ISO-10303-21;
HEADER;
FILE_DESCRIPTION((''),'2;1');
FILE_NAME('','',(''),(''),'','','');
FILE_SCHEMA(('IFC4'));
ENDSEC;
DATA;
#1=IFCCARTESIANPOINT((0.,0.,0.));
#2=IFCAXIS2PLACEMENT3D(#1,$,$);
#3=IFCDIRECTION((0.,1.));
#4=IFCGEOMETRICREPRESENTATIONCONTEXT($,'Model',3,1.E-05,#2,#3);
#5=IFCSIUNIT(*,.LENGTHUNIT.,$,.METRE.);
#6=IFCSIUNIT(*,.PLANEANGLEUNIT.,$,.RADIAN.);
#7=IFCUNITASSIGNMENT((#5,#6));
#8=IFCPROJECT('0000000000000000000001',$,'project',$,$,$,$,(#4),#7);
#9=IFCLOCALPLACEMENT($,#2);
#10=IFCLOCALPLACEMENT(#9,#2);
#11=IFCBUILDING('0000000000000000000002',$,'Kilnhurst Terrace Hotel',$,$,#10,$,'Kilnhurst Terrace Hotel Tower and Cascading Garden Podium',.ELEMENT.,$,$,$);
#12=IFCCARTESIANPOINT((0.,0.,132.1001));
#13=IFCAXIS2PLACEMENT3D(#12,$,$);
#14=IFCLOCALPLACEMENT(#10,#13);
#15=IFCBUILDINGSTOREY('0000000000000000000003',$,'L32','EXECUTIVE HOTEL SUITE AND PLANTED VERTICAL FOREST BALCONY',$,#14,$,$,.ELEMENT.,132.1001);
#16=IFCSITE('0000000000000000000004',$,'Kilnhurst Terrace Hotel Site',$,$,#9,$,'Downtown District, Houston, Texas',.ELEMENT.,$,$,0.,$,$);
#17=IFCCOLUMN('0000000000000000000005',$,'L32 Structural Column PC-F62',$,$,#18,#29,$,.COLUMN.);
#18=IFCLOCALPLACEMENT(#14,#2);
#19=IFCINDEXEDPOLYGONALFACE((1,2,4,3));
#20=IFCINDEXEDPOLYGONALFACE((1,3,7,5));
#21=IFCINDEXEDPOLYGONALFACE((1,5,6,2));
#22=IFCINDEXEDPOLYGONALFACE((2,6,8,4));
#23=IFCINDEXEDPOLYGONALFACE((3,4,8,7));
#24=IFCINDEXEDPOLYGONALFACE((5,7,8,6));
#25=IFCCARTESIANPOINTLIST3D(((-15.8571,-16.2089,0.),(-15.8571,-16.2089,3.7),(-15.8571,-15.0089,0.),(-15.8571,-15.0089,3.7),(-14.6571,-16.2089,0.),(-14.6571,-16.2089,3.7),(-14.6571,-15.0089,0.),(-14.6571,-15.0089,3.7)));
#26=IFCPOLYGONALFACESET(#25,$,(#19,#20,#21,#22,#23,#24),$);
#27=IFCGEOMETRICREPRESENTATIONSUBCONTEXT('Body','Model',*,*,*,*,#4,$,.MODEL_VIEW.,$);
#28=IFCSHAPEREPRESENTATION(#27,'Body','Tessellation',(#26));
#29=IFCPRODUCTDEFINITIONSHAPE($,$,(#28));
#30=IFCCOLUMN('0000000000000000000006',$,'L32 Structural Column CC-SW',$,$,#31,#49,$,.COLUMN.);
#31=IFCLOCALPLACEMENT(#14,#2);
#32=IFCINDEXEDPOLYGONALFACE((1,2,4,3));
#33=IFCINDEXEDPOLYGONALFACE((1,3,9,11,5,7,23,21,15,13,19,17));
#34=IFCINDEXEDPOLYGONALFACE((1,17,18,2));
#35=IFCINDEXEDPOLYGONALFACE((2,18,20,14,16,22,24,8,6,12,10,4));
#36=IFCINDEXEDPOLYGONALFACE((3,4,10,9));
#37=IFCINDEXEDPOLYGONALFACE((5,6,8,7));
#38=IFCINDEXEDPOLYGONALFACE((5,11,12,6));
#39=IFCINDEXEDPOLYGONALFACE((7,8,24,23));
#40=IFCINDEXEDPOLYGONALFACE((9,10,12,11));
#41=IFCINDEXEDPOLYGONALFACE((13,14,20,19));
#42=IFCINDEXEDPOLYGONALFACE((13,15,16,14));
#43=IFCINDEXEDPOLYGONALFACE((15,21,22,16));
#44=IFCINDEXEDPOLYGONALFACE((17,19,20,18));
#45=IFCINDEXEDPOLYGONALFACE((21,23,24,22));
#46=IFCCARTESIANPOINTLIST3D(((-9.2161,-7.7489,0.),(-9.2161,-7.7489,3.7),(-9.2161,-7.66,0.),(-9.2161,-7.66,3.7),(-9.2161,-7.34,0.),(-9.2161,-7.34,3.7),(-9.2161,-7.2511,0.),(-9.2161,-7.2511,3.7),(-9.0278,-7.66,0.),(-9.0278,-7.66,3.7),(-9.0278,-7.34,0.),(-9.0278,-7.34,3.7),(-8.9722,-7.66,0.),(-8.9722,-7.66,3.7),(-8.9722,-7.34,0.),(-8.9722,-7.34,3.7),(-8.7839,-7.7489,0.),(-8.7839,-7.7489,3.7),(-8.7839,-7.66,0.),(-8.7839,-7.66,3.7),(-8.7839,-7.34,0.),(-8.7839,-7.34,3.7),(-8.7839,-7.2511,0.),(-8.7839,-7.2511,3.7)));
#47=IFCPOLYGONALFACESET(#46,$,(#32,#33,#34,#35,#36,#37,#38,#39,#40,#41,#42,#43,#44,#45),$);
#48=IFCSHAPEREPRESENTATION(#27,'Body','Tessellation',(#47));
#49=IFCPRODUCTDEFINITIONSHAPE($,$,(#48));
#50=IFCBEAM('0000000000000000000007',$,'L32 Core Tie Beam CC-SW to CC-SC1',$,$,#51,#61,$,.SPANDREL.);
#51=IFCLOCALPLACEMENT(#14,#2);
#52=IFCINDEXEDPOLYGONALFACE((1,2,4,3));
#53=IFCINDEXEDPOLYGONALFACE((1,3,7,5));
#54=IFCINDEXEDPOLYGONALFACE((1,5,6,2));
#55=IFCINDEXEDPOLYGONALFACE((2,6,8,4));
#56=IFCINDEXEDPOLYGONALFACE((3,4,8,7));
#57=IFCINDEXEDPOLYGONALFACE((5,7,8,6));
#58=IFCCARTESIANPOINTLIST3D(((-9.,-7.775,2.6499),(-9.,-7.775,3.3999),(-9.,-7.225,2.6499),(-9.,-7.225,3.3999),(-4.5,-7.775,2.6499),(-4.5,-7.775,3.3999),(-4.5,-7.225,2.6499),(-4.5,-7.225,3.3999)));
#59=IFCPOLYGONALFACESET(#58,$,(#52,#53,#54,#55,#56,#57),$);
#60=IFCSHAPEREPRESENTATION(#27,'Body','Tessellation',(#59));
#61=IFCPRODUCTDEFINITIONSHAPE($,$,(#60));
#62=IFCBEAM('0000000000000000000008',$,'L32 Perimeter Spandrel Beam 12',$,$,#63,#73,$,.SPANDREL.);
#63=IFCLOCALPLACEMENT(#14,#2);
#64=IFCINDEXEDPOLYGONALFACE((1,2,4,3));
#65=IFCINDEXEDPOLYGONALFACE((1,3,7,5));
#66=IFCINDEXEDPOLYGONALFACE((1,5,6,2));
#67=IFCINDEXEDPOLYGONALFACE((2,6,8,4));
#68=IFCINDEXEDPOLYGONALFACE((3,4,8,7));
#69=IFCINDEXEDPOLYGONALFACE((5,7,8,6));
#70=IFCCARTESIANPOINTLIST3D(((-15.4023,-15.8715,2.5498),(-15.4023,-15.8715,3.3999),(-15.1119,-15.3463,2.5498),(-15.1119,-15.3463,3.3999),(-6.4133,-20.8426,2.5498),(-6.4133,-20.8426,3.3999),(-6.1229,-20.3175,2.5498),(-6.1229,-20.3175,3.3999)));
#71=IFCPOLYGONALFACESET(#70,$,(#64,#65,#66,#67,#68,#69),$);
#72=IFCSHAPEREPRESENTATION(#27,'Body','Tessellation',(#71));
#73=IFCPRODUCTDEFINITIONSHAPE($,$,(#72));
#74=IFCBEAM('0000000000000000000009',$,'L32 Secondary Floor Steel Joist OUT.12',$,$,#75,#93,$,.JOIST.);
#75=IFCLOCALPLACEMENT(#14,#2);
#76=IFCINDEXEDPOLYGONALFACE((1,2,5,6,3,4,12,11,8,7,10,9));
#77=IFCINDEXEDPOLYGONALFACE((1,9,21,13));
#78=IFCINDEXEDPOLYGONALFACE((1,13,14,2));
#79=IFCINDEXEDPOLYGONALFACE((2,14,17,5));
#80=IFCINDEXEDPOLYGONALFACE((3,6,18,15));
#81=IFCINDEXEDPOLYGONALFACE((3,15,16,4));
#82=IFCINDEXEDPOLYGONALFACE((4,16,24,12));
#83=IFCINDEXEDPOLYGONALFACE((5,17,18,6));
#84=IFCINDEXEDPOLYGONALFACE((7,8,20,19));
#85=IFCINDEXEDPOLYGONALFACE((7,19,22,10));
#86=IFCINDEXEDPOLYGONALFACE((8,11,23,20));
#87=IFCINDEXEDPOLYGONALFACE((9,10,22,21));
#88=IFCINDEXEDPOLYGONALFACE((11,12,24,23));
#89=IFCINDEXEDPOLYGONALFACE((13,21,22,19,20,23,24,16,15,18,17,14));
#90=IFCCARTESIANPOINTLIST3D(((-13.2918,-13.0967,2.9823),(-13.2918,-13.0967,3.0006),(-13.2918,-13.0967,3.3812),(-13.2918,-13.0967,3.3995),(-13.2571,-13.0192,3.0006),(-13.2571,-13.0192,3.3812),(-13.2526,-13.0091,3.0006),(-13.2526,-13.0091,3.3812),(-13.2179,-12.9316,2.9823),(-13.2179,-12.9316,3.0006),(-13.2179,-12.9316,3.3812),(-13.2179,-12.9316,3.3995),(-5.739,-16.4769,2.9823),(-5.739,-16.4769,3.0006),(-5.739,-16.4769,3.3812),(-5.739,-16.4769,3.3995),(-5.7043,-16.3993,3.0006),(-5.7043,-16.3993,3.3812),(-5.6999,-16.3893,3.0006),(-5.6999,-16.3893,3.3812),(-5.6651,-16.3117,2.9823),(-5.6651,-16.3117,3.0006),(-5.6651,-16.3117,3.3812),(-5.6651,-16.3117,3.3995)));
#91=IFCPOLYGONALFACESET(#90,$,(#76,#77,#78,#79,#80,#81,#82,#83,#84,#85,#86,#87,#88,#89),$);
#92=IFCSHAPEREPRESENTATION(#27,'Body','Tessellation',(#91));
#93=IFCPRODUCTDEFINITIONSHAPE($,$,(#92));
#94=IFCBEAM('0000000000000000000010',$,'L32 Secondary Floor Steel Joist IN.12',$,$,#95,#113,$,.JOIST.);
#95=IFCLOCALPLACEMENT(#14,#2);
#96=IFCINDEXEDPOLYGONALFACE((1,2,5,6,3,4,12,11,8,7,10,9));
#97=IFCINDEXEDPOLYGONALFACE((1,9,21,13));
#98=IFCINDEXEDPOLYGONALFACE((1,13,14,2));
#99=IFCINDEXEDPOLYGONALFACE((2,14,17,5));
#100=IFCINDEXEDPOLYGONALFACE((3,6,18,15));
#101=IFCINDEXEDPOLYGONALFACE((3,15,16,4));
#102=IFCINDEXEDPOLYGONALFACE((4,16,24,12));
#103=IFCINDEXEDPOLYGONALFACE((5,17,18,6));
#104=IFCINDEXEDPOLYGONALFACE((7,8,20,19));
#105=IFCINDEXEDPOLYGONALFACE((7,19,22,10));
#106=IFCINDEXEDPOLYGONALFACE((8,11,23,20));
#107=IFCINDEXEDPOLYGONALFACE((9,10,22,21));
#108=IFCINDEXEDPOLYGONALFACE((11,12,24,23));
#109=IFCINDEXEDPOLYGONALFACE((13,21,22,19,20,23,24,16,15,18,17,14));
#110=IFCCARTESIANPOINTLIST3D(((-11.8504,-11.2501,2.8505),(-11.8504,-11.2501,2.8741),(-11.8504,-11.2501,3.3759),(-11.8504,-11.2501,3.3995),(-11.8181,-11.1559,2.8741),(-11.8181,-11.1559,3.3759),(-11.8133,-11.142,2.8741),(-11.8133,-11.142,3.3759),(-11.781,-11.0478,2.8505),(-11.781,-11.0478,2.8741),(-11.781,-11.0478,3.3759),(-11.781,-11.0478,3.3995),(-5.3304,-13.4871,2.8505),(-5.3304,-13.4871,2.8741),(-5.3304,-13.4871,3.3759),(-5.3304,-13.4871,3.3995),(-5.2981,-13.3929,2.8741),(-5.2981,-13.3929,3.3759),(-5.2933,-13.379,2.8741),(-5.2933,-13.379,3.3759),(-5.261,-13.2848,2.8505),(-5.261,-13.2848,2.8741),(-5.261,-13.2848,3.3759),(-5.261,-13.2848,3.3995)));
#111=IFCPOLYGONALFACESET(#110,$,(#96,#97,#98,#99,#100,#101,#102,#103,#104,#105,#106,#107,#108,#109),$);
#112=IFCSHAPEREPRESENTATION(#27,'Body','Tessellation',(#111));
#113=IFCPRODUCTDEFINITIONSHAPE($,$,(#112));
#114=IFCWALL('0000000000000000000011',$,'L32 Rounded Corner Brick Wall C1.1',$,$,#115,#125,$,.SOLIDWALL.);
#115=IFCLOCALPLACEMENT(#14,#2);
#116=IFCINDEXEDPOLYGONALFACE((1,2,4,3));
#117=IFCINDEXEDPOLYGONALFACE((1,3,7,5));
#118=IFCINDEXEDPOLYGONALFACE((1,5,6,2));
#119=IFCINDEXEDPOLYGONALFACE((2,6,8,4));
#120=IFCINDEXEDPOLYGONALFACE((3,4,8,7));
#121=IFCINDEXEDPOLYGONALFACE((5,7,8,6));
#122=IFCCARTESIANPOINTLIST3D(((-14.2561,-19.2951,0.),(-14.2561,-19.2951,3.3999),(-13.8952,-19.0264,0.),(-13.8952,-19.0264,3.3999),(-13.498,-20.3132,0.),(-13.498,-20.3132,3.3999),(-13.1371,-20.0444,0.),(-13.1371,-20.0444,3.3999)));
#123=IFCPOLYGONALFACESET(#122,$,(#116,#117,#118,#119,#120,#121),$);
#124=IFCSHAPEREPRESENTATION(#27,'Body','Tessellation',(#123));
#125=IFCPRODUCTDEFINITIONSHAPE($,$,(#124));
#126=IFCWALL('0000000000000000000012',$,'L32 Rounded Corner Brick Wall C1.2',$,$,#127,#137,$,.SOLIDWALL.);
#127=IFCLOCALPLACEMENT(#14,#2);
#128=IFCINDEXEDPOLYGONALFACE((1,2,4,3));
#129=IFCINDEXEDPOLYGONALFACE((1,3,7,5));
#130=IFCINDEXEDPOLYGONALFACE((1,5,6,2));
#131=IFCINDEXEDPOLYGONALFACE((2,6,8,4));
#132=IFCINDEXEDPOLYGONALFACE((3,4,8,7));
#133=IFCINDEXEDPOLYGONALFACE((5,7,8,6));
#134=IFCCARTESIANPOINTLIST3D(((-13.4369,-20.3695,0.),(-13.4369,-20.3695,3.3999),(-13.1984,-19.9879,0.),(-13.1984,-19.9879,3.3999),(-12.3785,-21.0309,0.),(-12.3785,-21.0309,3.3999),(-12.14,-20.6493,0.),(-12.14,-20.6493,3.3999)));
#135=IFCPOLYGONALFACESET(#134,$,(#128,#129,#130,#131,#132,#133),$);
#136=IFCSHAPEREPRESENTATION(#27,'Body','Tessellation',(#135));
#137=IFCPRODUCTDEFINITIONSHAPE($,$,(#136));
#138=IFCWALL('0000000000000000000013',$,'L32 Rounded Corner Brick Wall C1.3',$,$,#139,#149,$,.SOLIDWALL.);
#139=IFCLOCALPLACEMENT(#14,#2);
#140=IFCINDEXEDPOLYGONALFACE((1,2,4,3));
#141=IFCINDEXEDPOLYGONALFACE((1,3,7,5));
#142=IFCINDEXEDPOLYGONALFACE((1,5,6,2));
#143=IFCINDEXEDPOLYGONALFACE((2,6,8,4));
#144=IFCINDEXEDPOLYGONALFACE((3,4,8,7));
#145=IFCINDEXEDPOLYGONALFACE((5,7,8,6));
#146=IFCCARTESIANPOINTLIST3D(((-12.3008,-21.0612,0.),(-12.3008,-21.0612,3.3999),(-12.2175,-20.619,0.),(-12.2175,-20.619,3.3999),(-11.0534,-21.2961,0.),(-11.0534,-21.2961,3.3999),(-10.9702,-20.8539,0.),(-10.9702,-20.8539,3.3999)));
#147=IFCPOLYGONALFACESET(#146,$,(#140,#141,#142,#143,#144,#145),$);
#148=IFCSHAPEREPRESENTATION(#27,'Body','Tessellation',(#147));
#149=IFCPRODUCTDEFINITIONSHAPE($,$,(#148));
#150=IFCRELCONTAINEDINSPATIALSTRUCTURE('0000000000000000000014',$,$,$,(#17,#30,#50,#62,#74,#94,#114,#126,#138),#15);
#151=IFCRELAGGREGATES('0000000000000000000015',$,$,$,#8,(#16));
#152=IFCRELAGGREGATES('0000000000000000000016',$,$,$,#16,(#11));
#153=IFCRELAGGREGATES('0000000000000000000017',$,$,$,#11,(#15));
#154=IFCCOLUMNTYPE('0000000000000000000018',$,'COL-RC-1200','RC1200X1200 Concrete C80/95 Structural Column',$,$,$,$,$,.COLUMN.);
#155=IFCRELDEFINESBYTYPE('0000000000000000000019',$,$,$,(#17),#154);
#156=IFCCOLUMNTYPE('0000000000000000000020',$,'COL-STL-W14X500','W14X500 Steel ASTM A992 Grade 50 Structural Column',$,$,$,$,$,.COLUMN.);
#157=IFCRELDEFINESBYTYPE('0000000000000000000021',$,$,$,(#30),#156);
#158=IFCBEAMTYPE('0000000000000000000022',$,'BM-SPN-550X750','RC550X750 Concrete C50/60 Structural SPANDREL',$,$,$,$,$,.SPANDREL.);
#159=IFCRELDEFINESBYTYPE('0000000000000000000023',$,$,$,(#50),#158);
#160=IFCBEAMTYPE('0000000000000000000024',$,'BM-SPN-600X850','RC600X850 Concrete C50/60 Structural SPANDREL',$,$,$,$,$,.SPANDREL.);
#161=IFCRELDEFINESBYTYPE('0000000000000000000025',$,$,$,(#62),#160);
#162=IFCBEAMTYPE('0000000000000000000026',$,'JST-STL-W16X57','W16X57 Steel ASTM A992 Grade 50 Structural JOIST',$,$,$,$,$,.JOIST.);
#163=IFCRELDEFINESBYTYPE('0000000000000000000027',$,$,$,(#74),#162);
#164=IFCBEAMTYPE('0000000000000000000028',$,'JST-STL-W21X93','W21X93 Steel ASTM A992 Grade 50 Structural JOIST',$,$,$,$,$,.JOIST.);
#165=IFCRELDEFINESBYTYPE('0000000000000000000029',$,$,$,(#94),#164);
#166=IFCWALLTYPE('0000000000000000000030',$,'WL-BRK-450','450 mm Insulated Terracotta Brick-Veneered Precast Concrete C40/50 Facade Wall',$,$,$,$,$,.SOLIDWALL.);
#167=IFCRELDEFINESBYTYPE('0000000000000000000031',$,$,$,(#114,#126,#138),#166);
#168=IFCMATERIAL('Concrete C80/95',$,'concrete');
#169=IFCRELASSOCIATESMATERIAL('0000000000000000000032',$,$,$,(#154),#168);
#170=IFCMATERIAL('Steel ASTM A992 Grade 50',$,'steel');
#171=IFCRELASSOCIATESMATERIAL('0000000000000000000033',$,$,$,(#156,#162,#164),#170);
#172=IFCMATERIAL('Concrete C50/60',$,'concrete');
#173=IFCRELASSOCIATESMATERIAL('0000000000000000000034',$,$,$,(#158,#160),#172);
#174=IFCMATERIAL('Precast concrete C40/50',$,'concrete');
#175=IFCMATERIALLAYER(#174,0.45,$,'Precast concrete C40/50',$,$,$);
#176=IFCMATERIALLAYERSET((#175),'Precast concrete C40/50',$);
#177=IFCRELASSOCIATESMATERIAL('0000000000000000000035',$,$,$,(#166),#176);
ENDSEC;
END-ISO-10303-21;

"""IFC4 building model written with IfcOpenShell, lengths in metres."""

from ifc_helpers import new_model, si_unit, direction, frame, frame_2d, origin, origin_2d, place, context, subcontext, project, spatial, rectangle, i_section, extrude, material, layer, layer_set, material_profile, profile_set, type_object, element, save


model = new_model("IFC4")

# Units and contexts
model_context = context("Model", 3, precision=1e-05, world=origin(), true_north=direction((0.0, 1.0)))
body_context = subcontext(model_context, "Body", "Model", "MODEL_VIEW")
ifc_project = project(units=[si_unit("LENGTHUNIT", "METRE"), si_unit("PLANEANGLEUNIT", "RADIAN")], contexts=[model_context])

# Site, building, storey
site_placement = place(None, origin())
site = spatial("IfcSite", under=ifc_project, at=site_placement, Name="Kilnhurst Terrace Hotel Site", LongName="Downtown District, Houston, Texas", CompositionType="ELEMENT", RefElevation=0.0)
building_placement = place(site_placement, origin())
building = spatial("IfcBuilding", under=site, at=building_placement, Name="Kilnhurst Terrace Hotel", LongName="Kilnhurst Terrace Hotel Tower and Cascading Garden Podium", CompositionType="ELEMENT")
storey_placement = place(building_placement, frame((0.0, 0.0, 132.1001)))
storey = spatial("IfcBuildingStorey", under=building, at=storey_placement, Name="L32", Description="EXECUTIVE HOTEL SUITE AND PLANTED VERTICAL FOREST BALCONY", CompositionType="ELEMENT", Elevation=132.1001)

# Columns
ifc_material_1 = material(Name="Concrete C80/95", Category="concrete")
ifc_material_profile_1 = material_profile(ifc_material_1, rectangle(XDim=1.2, YDim=1.2, at=origin_2d()), Name="RC1200X1200")
ifc_profile_set_1 = profile_set([ifc_material_profile_1], Name="Concrete C80/95")
column_type_1 = type_object("IfcColumnType", Name="COL-RC-1200", Description="RC1200X1200 Concrete C80/95 Structural Column", PredefinedType="COLUMN", material=ifc_profile_set_1)
column_1_placement = place(storey_placement, frame((-15.2571, -15.6089, 0.0), z_axis=(0.0, 0.0, 1.0), x_axis=(1.0, 0.0, 0.0)))
element("IfcColumn", 1, at=column_1_placement, inside=storey, type_object=column_type_1, Name="L32 Structural Column PC-F62", PredefinedType="COLUMN", context=body_context, shape_type="SweptSolid", body=[
    extrude(rectangle(XDim=1.2, YDim=1.2, at=origin_2d()), origin(), (0.0, 0.0, 1.0), 3.7),
])
ifc_material_2 = material(Name="Steel ASTM A992 Grade 50", Category="steel")
ifc_material_profile_2 = material_profile(ifc_material_2, i_section(OverallWidth=0.4321, OverallDepth=0.4978, WebThickness=0.0557, FlangeThickness=0.0889, at=origin_2d()), Name="W14X500")
ifc_profile_set_2 = profile_set([ifc_material_profile_2], Name="Steel ASTM A992 Grade 50")
column_type_2 = type_object("IfcColumnType", Name="COL-STL-W14X500", Description="W14X500 Steel ASTM A992 Grade 50 Structural Column", PredefinedType="COLUMN", material=ifc_profile_set_2)
column_2_placement = place(storey_placement, frame((-9.0, -7.5, 0.0), z_axis=(0.0, 0.0, 1.0), x_axis=(1.0, 0.0, 0.0)))
element("IfcColumn", 2, at=column_2_placement, inside=storey, type_object=column_type_2, Name="L32 Structural Column CC-SW", PredefinedType="COLUMN", context=body_context, shape_type="SweptSolid", body=[
    extrude(i_section(OverallWidth=0.4321, OverallDepth=0.4978, WebThickness=0.0557, FlangeThickness=0.0889, at=origin_2d()), origin(), (0.0, 0.0, 1.0), 3.7),
])

# Beams
ifc_material_3 = material(Name="Concrete C50/60", Category="concrete")
ifc_material_profile_3 = material_profile(ifc_material_3, rectangle(XDim=0.55, YDim=0.75, at=origin_2d()), Name="RC550X750")
ifc_profile_set_3 = profile_set([ifc_material_profile_3], Name="Concrete C50/60")
beam_type_1 = type_object("IfcBeamType", Name="BM-SPN-550X750", Description="RC550X750 Concrete C50/60 Structural SPANDREL", PredefinedType="SPANDREL", material=ifc_profile_set_3)
beam_1_placement = place(storey_placement, frame((-9.0, -7.5, 3.0249), z_axis=(1.0, 0.0, 0.0), x_axis=(0.0, 1.0, 0.0)))
element("IfcBeam", 3, at=beam_1_placement, inside=storey, type_object=beam_type_1, Name="L32 Core Tie Beam CC-SW to CC-SC1", PredefinedType="SPANDREL", context=body_context, shape_type="SweptSolid", body=[
    extrude(rectangle(XDim=0.55, YDim=0.75, at=origin_2d()), origin(), (0.0, 0.0, 1.0), 4.5),
])
ifc_material_profile_4 = material_profile(ifc_material_3, rectangle(XDim=0.6001, YDim=0.8501, at=origin_2d()), Name="RC600X850")
ifc_profile_set_4 = profile_set([ifc_material_profile_4], Name="Concrete C50/60")
beam_type_2 = type_object("IfcBeamType", Name="BM-SPN-600X850", Description="RC600X850 Concrete C50/60 Structural SPANDREL", PredefinedType="SPANDREL", material=ifc_profile_set_4)
beam_2_placement = place(storey_placement, frame((-15.2571, -15.6089, 2.9749), z_axis=(0.875094, -0.483953, 0.0), x_axis=(0.483953, 0.875094, 0.0)))
element("IfcBeam", 4, at=beam_2_placement, inside=storey, type_object=beam_type_2, Name="L32 Perimeter Spandrel Beam 12", PredefinedType="SPANDREL", context=body_context, shape_type="SweptSolid", body=[
    extrude(rectangle(XDim=0.6001, YDim=0.8501, at=origin_2d()), origin(), (0.0, 0.0, 1.0), 10.272),
])
ifc_material_profile_5 = material_profile(ifc_material_2, i_section(OverallWidth=0.1809, OverallDepth=0.4172, WebThickness=0.011, FlangeThickness=0.0183, at=origin_2d()), Name="W16X57")
ifc_profile_set_5 = profile_set([ifc_material_profile_5], Name="Steel ASTM A992 Grade 50")
beam_type_3 = type_object("IfcBeamType", Name="JST-STL-W16X57", Description="W16X57 Steel ASTM A992 Grade 50 Structural JOIST", PredefinedType="JOIST", material=ifc_profile_set_5)
beam_3_placement = place(storey_placement, frame((-13.2549, -13.0142, 3.1909), z_axis=(0.912761, -0.408494, 0.0), x_axis=(0.408494, 0.912761, 0.0)))
element("IfcBeam", 5, at=beam_3_placement, inside=storey, type_object=beam_type_3, Name="L32 Secondary Floor Steel Joist OUT.12", PredefinedType="JOIST", context=body_context, shape_type="SweptSolid", body=[
    extrude(i_section(OverallWidth=0.1809, OverallDepth=0.4172, WebThickness=0.011, FlangeThickness=0.0183, at=origin_2d()), origin(), (0.0, 0.0, 1.0), 8.2747),
])
ifc_material_profile_6 = material_profile(ifc_material_2, i_section(OverallWidth=0.2139, OverallDepth=0.5491, WebThickness=0.0146, FlangeThickness=0.0237, at=origin_2d()), Name="W21X93")
ifc_profile_set_6 = profile_set([ifc_material_profile_6], Name="Steel ASTM A992 Grade 50")
beam_type_4 = type_object("IfcBeamType", Name="JST-STL-W21X93", Description="W21X93 Steel ASTM A992 Grade 50 Structural JOIST", PredefinedType="JOIST", material=ifc_profile_set_6)
beam_4_placement = place(storey_placement, frame((-11.8157, -11.1489, 3.125), z_axis=(0.945874, -0.324535, 0.0), x_axis=(0.324535, 0.945874, 0.0)))
element("IfcBeam", 6, at=beam_4_placement, inside=storey, type_object=beam_type_4, Name="L32 Secondary Floor Steel Joist IN.12", PredefinedType="JOIST", context=body_context, shape_type="SweptSolid", body=[
    extrude(i_section(OverallWidth=0.2139, OverallDepth=0.5491, WebThickness=0.0146, FlangeThickness=0.0237, at=origin_2d()), origin(), (0.0, 0.0, 1.0), 6.8931),
])

# Walls
ifc_material_4 = material(Name="Precast concrete C40/50", Category="concrete")
ifc_layer_1 = layer(ifc_material_4, 0.45, Name="Precast concrete C40/50")
ifc_layer_set_1 = layer_set([ifc_layer_1], Name="Precast concrete C40/50")
wall_type_1 = type_object("IfcWallType", Name="WL-BRK-450", Description="450 mm Insulated Terracotta Brick-Veneered Precast Concrete C40/50 Facade Wall", PredefinedType="SOLIDWALL", material=ifc_layer_set_1)
wall_1_placement = place(storey_placement, frame((-14.0757, -19.1606, 0.0), z_axis=(0.0, 0.0, 1.0), x_axis=(0.597227, -0.802073, 0.0)))
element("IfcWall", 7, at=wall_1_placement, inside=storey, type_object=wall_type_1, Name="L32 Rounded Corner Brick Wall C1.1", PredefinedType="SOLIDWALL", context=body_context, shape_type="SweptSolid", body=[
    extrude(rectangle(XDim=1.2693, YDim=0.45, at=frame_2d((0.6348, 0.0))), origin(), (0.0, 0.0, 1.0), 3.3999),
])
wall_2_placement = place(storey_placement, frame((-13.3176, -20.1787, 0.0), z_axis=(0.0, 0.0, 1.0), x_axis=(0.848031, -0.529946, 0.0)))
element("IfcWall", 8, at=wall_2_placement, inside=storey, type_object=wall_type_1, Name="L32 Rounded Corner Brick Wall C1.2", PredefinedType="SOLIDWALL", context=body_context, shape_type="SweptSolid", body=[
    extrude(rectangle(XDim=1.248, YDim=0.45, at=frame_2d((0.624, 0.0))), origin(), (0.0, 0.0, 1.0), 3.3999),
])
wall_3_placement = place(storey_placement, frame((-12.2593, -20.8401, 0.0), z_axis=(0.0, 0.0, 1.0), x_axis=(0.98273, -0.185043, 0.0)))
element("IfcWall", 9, at=wall_3_placement, inside=storey, type_object=wall_type_1, Name="L32 Rounded Corner Brick Wall C1.3", PredefinedType="SOLIDWALL", context=body_context, shape_type="SweptSolid", body=[
    extrude(rectangle(XDim=1.2693, YDim=0.45, at=frame_2d((0.6348, 0.0))), origin(), (0.0, 0.0, 1.0), 3.3999),
])

save(model, "model.ifc")
